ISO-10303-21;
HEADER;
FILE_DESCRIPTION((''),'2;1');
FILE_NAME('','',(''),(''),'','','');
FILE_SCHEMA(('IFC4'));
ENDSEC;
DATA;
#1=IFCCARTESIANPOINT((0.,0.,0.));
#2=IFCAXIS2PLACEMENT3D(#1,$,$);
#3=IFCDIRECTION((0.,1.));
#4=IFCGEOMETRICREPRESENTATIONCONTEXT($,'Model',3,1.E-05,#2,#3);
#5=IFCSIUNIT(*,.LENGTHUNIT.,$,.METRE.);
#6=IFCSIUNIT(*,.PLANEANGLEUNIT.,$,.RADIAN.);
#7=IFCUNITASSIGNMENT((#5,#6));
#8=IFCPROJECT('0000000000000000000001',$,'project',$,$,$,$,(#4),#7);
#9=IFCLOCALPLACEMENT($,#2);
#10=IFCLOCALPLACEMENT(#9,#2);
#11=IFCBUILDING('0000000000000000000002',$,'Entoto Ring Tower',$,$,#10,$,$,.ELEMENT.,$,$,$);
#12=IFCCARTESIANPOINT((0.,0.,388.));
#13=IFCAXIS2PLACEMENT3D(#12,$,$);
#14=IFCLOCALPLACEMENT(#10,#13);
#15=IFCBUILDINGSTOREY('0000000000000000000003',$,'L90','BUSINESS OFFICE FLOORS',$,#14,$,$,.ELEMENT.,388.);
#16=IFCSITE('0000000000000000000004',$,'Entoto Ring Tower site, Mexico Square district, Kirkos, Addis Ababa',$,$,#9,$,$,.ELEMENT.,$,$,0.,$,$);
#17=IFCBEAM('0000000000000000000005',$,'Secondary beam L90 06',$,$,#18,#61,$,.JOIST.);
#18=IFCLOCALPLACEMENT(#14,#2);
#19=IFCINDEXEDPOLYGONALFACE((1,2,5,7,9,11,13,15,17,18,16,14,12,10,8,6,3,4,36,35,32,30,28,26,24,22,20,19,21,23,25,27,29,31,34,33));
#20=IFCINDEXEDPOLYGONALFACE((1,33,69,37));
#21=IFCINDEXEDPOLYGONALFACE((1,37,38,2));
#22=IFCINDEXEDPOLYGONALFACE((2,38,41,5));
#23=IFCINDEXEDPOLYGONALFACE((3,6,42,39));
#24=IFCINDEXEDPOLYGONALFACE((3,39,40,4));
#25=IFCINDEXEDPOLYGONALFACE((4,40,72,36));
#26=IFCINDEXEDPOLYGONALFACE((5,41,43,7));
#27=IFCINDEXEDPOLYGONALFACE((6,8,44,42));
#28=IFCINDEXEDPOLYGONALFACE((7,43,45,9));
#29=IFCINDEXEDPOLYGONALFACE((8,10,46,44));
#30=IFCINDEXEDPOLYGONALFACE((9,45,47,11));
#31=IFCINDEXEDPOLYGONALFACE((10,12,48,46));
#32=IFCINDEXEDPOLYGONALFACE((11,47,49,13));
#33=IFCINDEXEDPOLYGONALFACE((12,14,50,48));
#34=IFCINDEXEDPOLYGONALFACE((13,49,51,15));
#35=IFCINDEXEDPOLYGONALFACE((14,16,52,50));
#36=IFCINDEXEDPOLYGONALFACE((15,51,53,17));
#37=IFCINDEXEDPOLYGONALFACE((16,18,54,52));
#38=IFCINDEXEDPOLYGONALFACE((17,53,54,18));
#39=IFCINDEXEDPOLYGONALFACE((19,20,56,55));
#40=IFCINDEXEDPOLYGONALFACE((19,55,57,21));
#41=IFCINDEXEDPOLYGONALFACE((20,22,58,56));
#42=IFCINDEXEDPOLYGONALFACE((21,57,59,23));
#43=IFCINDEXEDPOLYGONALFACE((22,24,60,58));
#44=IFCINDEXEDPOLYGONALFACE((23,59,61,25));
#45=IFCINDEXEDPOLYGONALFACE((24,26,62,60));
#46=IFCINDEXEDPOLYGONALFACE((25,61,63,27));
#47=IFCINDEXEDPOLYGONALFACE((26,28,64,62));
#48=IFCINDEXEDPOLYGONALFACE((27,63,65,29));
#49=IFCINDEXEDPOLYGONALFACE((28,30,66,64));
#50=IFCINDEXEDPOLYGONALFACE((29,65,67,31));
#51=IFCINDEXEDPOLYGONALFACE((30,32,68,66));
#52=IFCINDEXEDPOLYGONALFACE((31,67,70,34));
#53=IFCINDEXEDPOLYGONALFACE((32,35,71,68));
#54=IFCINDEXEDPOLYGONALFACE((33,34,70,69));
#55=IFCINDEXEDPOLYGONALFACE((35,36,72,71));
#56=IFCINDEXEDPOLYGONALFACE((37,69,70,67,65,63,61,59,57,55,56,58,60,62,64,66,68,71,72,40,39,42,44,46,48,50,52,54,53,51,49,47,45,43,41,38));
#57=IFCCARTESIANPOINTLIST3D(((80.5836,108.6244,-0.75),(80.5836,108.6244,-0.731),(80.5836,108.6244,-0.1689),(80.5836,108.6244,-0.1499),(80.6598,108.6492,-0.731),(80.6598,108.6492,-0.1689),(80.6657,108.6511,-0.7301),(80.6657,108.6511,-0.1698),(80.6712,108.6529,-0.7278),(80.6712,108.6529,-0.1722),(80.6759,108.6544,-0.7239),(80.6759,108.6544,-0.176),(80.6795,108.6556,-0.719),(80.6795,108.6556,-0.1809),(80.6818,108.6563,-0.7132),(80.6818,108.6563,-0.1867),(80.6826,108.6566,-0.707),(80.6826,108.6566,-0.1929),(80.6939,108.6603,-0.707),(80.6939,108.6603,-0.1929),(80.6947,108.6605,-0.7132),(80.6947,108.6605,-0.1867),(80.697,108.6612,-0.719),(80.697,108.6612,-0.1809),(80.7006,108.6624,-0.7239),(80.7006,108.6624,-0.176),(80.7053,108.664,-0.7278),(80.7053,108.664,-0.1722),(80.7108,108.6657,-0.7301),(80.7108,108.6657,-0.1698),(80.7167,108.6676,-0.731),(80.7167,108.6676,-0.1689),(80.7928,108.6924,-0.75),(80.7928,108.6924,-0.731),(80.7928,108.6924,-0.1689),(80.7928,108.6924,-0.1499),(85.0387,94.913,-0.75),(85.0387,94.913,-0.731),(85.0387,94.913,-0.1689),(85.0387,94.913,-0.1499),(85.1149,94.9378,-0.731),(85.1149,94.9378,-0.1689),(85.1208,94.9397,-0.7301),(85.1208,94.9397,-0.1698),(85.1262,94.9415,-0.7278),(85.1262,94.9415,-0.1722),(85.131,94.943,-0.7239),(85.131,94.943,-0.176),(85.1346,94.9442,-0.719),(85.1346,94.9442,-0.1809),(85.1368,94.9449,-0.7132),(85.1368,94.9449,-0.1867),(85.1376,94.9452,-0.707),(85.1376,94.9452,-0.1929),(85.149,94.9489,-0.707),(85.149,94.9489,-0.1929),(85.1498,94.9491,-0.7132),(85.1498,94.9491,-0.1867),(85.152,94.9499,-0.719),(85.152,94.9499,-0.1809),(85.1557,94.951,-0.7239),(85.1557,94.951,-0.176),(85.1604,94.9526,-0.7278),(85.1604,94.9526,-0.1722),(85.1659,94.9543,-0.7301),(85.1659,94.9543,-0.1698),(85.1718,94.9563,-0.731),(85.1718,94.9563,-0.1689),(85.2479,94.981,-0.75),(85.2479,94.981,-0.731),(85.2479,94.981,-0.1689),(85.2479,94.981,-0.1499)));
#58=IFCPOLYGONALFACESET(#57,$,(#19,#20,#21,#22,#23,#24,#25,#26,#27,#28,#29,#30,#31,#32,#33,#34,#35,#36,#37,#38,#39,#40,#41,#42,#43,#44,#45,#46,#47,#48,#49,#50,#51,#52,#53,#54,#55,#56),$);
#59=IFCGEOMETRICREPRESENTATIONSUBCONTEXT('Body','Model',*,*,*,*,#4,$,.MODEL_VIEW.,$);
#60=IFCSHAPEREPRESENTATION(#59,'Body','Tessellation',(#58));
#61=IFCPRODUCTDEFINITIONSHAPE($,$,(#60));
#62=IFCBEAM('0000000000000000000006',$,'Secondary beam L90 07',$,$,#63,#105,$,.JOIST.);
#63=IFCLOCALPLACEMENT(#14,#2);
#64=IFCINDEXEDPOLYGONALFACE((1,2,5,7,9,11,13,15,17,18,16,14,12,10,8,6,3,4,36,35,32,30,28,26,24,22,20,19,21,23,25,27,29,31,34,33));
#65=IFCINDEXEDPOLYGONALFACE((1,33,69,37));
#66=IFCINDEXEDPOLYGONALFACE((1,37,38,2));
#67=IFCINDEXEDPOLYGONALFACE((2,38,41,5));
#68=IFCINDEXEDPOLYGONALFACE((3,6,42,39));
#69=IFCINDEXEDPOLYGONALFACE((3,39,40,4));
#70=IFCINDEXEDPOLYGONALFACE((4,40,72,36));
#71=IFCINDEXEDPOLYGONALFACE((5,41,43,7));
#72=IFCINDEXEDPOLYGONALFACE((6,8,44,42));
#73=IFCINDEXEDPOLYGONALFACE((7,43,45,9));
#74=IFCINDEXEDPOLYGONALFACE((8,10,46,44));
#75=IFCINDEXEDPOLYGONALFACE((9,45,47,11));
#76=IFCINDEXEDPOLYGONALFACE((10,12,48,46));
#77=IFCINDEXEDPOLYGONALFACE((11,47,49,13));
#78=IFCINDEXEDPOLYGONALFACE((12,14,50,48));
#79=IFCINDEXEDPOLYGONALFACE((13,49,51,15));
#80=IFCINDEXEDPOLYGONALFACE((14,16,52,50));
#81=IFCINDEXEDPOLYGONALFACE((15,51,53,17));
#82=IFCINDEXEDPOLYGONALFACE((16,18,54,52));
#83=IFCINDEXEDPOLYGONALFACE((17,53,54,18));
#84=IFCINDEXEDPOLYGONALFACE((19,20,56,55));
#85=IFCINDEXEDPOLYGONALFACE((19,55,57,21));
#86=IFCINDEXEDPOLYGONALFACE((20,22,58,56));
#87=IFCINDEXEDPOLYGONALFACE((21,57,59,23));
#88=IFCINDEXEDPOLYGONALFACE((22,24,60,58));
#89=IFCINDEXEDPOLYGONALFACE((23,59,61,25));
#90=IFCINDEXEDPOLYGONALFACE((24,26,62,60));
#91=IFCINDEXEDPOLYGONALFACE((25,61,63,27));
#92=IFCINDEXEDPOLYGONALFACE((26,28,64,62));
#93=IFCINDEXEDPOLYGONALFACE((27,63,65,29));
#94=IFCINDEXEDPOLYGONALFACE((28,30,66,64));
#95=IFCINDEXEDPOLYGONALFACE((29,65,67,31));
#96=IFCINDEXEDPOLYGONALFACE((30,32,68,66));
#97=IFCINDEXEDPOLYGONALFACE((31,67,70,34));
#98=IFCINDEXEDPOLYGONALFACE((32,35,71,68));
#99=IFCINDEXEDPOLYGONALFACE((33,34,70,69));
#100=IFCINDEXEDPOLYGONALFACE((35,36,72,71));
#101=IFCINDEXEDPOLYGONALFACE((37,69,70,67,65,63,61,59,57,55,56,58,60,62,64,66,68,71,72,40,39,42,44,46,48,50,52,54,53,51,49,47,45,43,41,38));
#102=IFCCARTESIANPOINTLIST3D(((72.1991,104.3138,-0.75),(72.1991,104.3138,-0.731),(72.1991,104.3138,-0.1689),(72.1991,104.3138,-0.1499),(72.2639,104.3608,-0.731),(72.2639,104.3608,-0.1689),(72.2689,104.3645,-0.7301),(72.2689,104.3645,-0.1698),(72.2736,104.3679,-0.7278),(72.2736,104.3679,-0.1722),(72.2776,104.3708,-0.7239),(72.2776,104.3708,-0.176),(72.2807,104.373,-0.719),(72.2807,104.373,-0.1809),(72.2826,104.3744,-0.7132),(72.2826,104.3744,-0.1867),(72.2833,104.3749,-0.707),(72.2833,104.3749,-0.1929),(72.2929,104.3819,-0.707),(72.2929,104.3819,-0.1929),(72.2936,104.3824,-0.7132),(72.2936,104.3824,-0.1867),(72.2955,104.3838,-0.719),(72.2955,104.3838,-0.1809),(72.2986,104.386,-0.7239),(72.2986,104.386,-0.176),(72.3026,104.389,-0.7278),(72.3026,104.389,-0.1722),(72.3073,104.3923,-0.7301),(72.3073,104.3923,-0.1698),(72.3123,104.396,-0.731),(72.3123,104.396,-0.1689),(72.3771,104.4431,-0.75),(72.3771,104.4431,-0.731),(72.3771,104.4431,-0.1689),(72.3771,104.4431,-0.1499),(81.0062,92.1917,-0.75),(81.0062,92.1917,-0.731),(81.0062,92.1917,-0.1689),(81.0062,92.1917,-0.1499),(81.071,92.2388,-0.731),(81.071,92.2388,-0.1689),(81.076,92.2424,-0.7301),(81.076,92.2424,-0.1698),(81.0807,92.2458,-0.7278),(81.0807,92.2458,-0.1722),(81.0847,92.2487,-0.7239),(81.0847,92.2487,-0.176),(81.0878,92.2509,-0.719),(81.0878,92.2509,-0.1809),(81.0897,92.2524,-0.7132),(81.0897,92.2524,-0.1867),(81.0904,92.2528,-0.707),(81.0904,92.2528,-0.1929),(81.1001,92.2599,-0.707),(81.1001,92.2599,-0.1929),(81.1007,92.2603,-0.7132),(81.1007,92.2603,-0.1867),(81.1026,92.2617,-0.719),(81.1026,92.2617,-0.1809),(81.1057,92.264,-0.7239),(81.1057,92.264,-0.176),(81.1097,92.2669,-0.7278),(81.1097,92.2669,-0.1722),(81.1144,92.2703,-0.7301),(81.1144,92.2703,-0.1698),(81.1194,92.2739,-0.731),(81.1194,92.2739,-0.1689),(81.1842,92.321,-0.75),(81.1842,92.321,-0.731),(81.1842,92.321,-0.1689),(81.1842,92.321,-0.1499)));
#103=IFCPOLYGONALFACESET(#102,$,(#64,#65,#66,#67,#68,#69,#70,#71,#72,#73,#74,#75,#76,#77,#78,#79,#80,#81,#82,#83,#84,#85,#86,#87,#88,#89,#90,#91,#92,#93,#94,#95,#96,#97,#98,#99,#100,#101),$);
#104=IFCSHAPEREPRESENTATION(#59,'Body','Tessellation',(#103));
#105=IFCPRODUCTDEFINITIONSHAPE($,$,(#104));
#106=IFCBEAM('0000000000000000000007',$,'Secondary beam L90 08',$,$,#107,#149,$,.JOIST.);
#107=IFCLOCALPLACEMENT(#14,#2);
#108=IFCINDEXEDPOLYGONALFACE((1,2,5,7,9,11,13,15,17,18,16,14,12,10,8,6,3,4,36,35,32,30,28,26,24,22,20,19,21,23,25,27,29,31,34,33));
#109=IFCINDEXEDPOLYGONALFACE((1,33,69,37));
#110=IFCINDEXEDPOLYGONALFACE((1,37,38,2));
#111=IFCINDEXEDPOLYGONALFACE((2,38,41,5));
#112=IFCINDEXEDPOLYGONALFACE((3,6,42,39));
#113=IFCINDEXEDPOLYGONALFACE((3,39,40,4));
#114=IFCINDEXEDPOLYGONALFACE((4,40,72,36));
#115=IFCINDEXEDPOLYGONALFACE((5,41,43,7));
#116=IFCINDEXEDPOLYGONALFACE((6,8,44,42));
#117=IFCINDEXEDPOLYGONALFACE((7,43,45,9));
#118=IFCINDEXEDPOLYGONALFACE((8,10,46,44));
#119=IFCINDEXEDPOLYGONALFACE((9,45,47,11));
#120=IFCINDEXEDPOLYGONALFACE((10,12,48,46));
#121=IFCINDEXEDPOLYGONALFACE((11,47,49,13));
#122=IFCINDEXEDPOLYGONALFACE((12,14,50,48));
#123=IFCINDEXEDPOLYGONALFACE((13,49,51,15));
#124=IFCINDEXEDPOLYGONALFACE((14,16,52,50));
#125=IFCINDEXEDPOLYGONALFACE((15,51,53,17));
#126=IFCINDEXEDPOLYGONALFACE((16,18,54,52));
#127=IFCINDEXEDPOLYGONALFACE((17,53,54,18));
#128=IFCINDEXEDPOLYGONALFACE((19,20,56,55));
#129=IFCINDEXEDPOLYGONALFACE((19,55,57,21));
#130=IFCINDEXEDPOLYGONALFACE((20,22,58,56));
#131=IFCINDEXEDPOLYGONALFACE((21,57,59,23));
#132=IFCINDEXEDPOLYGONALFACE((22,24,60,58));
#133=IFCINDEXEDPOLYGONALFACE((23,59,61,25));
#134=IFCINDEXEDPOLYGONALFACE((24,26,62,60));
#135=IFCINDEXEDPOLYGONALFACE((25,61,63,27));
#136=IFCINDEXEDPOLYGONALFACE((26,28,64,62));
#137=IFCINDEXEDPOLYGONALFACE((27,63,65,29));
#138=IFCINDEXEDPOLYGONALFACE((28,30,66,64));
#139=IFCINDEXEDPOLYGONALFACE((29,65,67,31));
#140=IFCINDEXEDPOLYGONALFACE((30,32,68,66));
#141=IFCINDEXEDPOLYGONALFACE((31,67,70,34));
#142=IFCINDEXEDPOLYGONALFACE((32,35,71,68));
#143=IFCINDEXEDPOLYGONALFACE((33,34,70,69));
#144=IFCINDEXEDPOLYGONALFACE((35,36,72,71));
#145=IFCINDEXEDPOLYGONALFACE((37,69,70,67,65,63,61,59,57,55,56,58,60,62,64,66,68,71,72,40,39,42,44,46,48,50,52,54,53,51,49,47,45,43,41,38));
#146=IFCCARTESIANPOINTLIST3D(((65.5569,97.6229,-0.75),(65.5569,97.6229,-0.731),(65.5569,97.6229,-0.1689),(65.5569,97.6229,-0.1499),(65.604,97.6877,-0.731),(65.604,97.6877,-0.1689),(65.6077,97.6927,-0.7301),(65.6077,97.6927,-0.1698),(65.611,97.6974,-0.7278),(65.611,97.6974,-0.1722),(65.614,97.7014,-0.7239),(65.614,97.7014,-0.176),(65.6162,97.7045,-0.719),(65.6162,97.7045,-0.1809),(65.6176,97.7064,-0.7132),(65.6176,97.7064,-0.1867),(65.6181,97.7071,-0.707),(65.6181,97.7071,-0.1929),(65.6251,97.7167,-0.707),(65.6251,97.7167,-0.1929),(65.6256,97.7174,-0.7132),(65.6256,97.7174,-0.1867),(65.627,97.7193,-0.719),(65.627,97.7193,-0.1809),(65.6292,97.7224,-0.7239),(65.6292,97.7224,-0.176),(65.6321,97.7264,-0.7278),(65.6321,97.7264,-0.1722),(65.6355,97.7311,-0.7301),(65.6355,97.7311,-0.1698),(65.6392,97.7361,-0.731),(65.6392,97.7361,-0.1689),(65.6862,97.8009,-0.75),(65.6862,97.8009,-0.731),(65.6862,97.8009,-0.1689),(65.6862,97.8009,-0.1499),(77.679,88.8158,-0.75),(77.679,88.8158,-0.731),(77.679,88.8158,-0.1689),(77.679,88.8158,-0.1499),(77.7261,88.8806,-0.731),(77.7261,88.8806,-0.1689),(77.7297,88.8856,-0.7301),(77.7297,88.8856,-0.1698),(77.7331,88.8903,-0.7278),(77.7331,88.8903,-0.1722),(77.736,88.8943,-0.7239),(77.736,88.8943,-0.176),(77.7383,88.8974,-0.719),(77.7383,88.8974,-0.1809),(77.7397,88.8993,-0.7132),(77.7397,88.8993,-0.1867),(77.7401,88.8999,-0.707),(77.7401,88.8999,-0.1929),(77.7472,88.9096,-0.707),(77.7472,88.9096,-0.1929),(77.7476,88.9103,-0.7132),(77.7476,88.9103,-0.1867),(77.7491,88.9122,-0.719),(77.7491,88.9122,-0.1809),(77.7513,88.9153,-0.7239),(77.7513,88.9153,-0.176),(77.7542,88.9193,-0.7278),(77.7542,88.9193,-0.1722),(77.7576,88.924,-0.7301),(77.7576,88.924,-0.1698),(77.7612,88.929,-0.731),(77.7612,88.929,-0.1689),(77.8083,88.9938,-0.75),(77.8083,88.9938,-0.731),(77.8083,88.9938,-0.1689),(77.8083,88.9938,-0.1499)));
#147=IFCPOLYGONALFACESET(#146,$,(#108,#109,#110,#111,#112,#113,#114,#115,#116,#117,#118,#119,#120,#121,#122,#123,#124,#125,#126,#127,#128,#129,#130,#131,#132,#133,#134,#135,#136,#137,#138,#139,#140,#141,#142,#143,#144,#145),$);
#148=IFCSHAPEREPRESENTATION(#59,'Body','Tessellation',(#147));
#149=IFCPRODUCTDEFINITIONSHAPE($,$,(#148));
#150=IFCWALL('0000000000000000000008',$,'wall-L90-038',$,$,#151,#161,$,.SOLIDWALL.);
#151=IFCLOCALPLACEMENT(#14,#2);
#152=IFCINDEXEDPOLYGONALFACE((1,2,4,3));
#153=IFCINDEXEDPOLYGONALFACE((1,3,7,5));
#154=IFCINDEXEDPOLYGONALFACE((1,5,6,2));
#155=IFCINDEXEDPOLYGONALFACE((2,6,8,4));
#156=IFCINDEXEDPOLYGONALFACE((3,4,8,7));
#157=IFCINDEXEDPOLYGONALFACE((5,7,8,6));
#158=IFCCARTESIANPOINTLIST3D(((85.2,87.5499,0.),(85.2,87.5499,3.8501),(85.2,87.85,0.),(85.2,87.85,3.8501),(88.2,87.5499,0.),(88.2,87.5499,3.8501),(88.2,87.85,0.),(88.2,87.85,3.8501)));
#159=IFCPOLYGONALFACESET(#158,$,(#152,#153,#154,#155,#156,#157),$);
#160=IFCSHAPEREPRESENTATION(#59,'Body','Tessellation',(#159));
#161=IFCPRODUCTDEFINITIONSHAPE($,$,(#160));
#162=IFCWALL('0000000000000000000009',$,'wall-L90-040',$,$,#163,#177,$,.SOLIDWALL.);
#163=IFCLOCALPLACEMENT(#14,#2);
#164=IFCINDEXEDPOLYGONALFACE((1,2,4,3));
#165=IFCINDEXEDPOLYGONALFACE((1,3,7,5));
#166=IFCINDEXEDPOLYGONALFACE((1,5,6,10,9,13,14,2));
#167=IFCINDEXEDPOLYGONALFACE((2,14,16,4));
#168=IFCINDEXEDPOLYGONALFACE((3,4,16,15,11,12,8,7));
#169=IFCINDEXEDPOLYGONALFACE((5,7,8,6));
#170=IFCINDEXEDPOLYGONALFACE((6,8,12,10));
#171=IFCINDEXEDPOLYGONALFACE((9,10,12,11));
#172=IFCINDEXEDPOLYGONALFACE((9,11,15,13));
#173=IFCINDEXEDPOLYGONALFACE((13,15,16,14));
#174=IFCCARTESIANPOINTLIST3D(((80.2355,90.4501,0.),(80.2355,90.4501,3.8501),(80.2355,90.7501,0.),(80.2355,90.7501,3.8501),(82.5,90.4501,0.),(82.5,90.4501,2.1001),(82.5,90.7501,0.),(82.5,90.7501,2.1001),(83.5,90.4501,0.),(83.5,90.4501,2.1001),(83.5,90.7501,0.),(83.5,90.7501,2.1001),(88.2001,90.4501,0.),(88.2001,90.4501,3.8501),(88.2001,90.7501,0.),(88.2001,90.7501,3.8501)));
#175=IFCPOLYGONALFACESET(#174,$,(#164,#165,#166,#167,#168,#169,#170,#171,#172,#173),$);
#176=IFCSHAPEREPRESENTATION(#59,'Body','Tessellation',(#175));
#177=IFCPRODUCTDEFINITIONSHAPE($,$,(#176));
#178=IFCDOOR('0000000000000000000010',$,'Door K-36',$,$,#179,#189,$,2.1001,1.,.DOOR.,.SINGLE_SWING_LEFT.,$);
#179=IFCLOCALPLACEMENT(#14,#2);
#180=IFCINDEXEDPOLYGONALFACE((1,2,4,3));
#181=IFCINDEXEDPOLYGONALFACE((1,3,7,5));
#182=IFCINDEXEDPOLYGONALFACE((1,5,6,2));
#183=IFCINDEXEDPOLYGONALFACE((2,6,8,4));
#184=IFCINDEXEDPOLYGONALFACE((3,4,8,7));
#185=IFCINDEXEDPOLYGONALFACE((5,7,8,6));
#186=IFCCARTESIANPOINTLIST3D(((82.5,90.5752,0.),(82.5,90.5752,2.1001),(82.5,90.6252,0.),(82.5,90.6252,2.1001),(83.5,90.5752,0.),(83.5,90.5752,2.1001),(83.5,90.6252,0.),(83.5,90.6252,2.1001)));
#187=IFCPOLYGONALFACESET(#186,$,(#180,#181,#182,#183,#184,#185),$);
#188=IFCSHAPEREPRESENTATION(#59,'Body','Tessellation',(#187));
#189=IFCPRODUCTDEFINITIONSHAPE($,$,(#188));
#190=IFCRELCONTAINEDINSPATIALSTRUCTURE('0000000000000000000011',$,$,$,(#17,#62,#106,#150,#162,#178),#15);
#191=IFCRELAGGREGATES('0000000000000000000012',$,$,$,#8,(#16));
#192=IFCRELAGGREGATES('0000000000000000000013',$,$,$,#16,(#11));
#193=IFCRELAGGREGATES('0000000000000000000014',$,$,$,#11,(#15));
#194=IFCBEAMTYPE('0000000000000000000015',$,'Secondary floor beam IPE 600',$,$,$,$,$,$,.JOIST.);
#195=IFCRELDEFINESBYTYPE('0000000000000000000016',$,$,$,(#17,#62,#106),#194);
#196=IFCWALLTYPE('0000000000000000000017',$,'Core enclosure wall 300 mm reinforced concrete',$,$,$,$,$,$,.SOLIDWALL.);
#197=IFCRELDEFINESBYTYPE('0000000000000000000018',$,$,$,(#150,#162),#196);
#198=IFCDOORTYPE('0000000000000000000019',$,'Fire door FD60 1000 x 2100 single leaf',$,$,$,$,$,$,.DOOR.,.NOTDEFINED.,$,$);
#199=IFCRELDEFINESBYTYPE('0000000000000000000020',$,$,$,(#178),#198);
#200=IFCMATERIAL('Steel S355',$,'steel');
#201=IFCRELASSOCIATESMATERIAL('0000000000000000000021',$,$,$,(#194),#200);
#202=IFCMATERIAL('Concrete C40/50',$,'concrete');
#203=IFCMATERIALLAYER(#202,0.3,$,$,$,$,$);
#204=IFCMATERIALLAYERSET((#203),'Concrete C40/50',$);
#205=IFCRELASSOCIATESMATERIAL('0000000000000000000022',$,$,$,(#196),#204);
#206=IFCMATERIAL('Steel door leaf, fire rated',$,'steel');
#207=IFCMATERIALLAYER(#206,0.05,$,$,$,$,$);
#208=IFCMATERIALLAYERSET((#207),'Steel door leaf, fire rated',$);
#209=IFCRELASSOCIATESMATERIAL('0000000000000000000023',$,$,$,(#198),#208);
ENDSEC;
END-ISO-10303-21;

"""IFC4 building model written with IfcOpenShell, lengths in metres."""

from ifc_helpers import new_model, si_unit, direction, frame, frame_2d, origin, origin_2d, place, context, subcontext, project, spatial, rectangle, i_section, extrude, material, layer, layer_set, material_profile, profile_set, type_object, element, fill, save


model = new_model("IFC4")

# Units and contexts
model_context = context("Model", 3, precision=1e-05, world=origin(), true_north=direction((0.0, 1.0)))
body_context = subcontext(model_context, "Body", "Model", "MODEL_VIEW")
ifc_project = project(units=[si_unit("LENGTHUNIT", "METRE"), si_unit("PLANEANGLEUNIT", "RADIAN")], contexts=[model_context])

# Site, building, storey
site_placement = place(None, origin())
site = spatial("IfcSite", under=ifc_project, at=site_placement, Name="Entoto Ring Tower site, Mexico Square district, Kirkos, Addis Ababa", CompositionType="ELEMENT", RefElevation=0.0)
building_placement = place(site_placement, origin())
building = spatial("IfcBuilding", under=site, at=building_placement, Name="Entoto Ring Tower", CompositionType="ELEMENT")
storey_placement = place(building_placement, frame((0.0, 0.0, 388.0)))
storey = spatial("IfcBuildingStorey", under=building, at=storey_placement, Name="L90", Description="BUSINESS OFFICE FLOORS", CompositionType="ELEMENT", Elevation=388.0)

# Beams
ifc_material_1 = material(Name="Steel S355", Category="steel")
ifc_material_profile_1 = material_profile(ifc_material_1, i_section(OverallWidth=0.22, OverallDepth=0.6001, WebThickness=0.012, FlangeThickness=0.019, FilletRadius=0.0239, at=origin_2d()), Name="IPE 600")
ifc_profile_set_1 = profile_set([ifc_material_profile_1], Name="Steel S355")
beam_type_1 = type_object("IfcBeamType", Name="Secondary floor beam IPE 600", PredefinedType="JOIST", material=ifc_profile_set_1)
beam_1_placement = place(storey_placement, frame((85.1433, 94.947, -0.45), z_axis=(-0.309015, 0.951057, 0.0), x_axis=(-0.951057, -0.309015, 0.0)))
element("IfcBeam", 1, at=beam_1_placement, inside=storey, type_object=beam_type_1, Name="Secondary beam L90 06", PredefinedType="JOIST", context=body_context, shape_type="SweptSolid", body=[
    extrude(i_section(OverallWidth=0.22, OverallDepth=0.6001, WebThickness=0.012, FlangeThickness=0.019, FilletRadius=0.0239, at=origin_2d()), origin(), (0.0, 0.0, 1.0), 14.417),
])
for number, where, z_axis, x_axis, name in (
    (2, (81.0952, 92.2563, -0.45), (-0.587782, 0.809019, 0.0), (-0.809019, -0.587782, 0.0), "Secondary beam L90 07"),
    (3, (77.7437, 88.9048, -0.45), (-0.809019, 0.587782, 0.0), (-0.587782, -0.809019, 0.0), "Secondary beam L90 08"),
):
    element("IfcBeam", number, at=place(storey_placement, frame(where, z_axis=z_axis, x_axis=x_axis)), inside=storey, type_object=beam_type_1, Name=name, PredefinedType="JOIST", context=body_context, shape_type="SweptSolid", body=[
        extrude(i_section(OverallWidth=0.22, OverallDepth=0.6001, WebThickness=0.012, FlangeThickness=0.019, FilletRadius=0.0239, at=origin_2d()), origin(), (0.0, 0.0, 1.0), 14.9836),
    ])

# Wall
ifc_material_2 = material(Name="Concrete C40/50", Category="concrete")
ifc_layer_1 = layer(ifc_material_2, 0.3)
ifc_layer_set_1 = layer_set([ifc_layer_1], Name="Concrete C40/50")
wall_type_1 = type_object("IfcWallType", Name="Core enclosure wall 300 mm reinforced concrete", PredefinedType="SOLIDWALL", material=ifc_layer_set_1)
wall_1_placement = place(storey_placement, frame((85.2, 87.7, 0.0), z_axis=(0.0, 0.0, 1.0), x_axis=(1.0, 0.0, 0.0)))
element("IfcWall", 4, at=wall_1_placement, inside=storey, type_object=wall_type_1, Name="wall-L90-038", PredefinedType="SOLIDWALL", context=body_context, shape_type="SweptSolid", body=[
    extrude(rectangle(XDim=3.0, YDim=0.3, at=frame_2d((1.5, 0.0))), origin(), (0.0, 0.0, 1.0), 3.8501),
])

# Wall, opening, door
wall_2_placement = place(storey_placement, frame((80.2354, 90.6001, 0.0), z_axis=(0.0, 0.0, 1.0), x_axis=(1.0, 0.0, 0.0)))
wall_2 = element("IfcWall", 5, at=wall_2_placement, inside=storey, type_object=wall_type_1, Name="wall-L90-040", PredefinedType="SOLIDWALL", context=body_context, shape_type="SweptSolid", body=[
    extrude(rectangle(XDim=7.9646, YDim=0.3, at=frame_2d((3.9824, 0.0))), origin(), (0.0, 0.0, 1.0), 3.8501),
])
opening_1_placement = place(wall_2_placement, frame((2.2646, 0.0, 0.0)))
opening_1 = element("IfcOpeningElement", 6, at=opening_1_placement, cuts=wall_2, PredefinedType="OPENING", context=body_context, shape_type="SweptSolid", body=[
    extrude(rectangle(XDim=1.0, YDim=2.1001, at=frame_2d((0.5, 1.05))), frame((0.0, 0.1602, 0.0), z_axis=(0.0, -1.0, 0.0), x_axis=(1.0, 0.0, 0.0)), (0.0, 0.0, 1.0), 0.3201),
])
ifc_material_3 = material(Name="Steel door leaf, fire rated", Category="steel")
ifc_layer_2 = layer(ifc_material_3, 0.05)
ifc_layer_set_2 = layer_set([ifc_layer_2], Name="Steel door leaf, fire rated")
door_type_1 = type_object("IfcDoorType", Name="Fire door FD60 1000 x 2100 single leaf", OperationType="NOTDEFINED", PredefinedType="DOOR", material=ifc_layer_set_2)
door_1_placement = place(opening_1_placement, frame((1.0, 0.0, 0.0), z_axis=(0.0, 0.0, 1.0), x_axis=(-1.0, 0.0, 0.0)))
door_1 = element("IfcDoor", 7, at=door_1_placement, inside=storey, type_object=door_type_1, Name="Door K-36", OperationType="SINGLE_SWING_LEFT", OverallHeight=2.1001, OverallWidth=1.0, PredefinedType="DOOR", context=body_context, shape_type="SweptSolid", body=[
    extrude(rectangle(XDim=1.0, YDim=2.1001, at=frame_2d((0.5, 1.05))), frame((0.0, 0.0249, 0.0), z_axis=(0.0, -1.0, 0.0), x_axis=(1.0, 0.0, 0.0)), (0.0, 0.0, 1.0), 0.05),
])
fill(opening_1, door_1)

save(model, "model.ifc")
